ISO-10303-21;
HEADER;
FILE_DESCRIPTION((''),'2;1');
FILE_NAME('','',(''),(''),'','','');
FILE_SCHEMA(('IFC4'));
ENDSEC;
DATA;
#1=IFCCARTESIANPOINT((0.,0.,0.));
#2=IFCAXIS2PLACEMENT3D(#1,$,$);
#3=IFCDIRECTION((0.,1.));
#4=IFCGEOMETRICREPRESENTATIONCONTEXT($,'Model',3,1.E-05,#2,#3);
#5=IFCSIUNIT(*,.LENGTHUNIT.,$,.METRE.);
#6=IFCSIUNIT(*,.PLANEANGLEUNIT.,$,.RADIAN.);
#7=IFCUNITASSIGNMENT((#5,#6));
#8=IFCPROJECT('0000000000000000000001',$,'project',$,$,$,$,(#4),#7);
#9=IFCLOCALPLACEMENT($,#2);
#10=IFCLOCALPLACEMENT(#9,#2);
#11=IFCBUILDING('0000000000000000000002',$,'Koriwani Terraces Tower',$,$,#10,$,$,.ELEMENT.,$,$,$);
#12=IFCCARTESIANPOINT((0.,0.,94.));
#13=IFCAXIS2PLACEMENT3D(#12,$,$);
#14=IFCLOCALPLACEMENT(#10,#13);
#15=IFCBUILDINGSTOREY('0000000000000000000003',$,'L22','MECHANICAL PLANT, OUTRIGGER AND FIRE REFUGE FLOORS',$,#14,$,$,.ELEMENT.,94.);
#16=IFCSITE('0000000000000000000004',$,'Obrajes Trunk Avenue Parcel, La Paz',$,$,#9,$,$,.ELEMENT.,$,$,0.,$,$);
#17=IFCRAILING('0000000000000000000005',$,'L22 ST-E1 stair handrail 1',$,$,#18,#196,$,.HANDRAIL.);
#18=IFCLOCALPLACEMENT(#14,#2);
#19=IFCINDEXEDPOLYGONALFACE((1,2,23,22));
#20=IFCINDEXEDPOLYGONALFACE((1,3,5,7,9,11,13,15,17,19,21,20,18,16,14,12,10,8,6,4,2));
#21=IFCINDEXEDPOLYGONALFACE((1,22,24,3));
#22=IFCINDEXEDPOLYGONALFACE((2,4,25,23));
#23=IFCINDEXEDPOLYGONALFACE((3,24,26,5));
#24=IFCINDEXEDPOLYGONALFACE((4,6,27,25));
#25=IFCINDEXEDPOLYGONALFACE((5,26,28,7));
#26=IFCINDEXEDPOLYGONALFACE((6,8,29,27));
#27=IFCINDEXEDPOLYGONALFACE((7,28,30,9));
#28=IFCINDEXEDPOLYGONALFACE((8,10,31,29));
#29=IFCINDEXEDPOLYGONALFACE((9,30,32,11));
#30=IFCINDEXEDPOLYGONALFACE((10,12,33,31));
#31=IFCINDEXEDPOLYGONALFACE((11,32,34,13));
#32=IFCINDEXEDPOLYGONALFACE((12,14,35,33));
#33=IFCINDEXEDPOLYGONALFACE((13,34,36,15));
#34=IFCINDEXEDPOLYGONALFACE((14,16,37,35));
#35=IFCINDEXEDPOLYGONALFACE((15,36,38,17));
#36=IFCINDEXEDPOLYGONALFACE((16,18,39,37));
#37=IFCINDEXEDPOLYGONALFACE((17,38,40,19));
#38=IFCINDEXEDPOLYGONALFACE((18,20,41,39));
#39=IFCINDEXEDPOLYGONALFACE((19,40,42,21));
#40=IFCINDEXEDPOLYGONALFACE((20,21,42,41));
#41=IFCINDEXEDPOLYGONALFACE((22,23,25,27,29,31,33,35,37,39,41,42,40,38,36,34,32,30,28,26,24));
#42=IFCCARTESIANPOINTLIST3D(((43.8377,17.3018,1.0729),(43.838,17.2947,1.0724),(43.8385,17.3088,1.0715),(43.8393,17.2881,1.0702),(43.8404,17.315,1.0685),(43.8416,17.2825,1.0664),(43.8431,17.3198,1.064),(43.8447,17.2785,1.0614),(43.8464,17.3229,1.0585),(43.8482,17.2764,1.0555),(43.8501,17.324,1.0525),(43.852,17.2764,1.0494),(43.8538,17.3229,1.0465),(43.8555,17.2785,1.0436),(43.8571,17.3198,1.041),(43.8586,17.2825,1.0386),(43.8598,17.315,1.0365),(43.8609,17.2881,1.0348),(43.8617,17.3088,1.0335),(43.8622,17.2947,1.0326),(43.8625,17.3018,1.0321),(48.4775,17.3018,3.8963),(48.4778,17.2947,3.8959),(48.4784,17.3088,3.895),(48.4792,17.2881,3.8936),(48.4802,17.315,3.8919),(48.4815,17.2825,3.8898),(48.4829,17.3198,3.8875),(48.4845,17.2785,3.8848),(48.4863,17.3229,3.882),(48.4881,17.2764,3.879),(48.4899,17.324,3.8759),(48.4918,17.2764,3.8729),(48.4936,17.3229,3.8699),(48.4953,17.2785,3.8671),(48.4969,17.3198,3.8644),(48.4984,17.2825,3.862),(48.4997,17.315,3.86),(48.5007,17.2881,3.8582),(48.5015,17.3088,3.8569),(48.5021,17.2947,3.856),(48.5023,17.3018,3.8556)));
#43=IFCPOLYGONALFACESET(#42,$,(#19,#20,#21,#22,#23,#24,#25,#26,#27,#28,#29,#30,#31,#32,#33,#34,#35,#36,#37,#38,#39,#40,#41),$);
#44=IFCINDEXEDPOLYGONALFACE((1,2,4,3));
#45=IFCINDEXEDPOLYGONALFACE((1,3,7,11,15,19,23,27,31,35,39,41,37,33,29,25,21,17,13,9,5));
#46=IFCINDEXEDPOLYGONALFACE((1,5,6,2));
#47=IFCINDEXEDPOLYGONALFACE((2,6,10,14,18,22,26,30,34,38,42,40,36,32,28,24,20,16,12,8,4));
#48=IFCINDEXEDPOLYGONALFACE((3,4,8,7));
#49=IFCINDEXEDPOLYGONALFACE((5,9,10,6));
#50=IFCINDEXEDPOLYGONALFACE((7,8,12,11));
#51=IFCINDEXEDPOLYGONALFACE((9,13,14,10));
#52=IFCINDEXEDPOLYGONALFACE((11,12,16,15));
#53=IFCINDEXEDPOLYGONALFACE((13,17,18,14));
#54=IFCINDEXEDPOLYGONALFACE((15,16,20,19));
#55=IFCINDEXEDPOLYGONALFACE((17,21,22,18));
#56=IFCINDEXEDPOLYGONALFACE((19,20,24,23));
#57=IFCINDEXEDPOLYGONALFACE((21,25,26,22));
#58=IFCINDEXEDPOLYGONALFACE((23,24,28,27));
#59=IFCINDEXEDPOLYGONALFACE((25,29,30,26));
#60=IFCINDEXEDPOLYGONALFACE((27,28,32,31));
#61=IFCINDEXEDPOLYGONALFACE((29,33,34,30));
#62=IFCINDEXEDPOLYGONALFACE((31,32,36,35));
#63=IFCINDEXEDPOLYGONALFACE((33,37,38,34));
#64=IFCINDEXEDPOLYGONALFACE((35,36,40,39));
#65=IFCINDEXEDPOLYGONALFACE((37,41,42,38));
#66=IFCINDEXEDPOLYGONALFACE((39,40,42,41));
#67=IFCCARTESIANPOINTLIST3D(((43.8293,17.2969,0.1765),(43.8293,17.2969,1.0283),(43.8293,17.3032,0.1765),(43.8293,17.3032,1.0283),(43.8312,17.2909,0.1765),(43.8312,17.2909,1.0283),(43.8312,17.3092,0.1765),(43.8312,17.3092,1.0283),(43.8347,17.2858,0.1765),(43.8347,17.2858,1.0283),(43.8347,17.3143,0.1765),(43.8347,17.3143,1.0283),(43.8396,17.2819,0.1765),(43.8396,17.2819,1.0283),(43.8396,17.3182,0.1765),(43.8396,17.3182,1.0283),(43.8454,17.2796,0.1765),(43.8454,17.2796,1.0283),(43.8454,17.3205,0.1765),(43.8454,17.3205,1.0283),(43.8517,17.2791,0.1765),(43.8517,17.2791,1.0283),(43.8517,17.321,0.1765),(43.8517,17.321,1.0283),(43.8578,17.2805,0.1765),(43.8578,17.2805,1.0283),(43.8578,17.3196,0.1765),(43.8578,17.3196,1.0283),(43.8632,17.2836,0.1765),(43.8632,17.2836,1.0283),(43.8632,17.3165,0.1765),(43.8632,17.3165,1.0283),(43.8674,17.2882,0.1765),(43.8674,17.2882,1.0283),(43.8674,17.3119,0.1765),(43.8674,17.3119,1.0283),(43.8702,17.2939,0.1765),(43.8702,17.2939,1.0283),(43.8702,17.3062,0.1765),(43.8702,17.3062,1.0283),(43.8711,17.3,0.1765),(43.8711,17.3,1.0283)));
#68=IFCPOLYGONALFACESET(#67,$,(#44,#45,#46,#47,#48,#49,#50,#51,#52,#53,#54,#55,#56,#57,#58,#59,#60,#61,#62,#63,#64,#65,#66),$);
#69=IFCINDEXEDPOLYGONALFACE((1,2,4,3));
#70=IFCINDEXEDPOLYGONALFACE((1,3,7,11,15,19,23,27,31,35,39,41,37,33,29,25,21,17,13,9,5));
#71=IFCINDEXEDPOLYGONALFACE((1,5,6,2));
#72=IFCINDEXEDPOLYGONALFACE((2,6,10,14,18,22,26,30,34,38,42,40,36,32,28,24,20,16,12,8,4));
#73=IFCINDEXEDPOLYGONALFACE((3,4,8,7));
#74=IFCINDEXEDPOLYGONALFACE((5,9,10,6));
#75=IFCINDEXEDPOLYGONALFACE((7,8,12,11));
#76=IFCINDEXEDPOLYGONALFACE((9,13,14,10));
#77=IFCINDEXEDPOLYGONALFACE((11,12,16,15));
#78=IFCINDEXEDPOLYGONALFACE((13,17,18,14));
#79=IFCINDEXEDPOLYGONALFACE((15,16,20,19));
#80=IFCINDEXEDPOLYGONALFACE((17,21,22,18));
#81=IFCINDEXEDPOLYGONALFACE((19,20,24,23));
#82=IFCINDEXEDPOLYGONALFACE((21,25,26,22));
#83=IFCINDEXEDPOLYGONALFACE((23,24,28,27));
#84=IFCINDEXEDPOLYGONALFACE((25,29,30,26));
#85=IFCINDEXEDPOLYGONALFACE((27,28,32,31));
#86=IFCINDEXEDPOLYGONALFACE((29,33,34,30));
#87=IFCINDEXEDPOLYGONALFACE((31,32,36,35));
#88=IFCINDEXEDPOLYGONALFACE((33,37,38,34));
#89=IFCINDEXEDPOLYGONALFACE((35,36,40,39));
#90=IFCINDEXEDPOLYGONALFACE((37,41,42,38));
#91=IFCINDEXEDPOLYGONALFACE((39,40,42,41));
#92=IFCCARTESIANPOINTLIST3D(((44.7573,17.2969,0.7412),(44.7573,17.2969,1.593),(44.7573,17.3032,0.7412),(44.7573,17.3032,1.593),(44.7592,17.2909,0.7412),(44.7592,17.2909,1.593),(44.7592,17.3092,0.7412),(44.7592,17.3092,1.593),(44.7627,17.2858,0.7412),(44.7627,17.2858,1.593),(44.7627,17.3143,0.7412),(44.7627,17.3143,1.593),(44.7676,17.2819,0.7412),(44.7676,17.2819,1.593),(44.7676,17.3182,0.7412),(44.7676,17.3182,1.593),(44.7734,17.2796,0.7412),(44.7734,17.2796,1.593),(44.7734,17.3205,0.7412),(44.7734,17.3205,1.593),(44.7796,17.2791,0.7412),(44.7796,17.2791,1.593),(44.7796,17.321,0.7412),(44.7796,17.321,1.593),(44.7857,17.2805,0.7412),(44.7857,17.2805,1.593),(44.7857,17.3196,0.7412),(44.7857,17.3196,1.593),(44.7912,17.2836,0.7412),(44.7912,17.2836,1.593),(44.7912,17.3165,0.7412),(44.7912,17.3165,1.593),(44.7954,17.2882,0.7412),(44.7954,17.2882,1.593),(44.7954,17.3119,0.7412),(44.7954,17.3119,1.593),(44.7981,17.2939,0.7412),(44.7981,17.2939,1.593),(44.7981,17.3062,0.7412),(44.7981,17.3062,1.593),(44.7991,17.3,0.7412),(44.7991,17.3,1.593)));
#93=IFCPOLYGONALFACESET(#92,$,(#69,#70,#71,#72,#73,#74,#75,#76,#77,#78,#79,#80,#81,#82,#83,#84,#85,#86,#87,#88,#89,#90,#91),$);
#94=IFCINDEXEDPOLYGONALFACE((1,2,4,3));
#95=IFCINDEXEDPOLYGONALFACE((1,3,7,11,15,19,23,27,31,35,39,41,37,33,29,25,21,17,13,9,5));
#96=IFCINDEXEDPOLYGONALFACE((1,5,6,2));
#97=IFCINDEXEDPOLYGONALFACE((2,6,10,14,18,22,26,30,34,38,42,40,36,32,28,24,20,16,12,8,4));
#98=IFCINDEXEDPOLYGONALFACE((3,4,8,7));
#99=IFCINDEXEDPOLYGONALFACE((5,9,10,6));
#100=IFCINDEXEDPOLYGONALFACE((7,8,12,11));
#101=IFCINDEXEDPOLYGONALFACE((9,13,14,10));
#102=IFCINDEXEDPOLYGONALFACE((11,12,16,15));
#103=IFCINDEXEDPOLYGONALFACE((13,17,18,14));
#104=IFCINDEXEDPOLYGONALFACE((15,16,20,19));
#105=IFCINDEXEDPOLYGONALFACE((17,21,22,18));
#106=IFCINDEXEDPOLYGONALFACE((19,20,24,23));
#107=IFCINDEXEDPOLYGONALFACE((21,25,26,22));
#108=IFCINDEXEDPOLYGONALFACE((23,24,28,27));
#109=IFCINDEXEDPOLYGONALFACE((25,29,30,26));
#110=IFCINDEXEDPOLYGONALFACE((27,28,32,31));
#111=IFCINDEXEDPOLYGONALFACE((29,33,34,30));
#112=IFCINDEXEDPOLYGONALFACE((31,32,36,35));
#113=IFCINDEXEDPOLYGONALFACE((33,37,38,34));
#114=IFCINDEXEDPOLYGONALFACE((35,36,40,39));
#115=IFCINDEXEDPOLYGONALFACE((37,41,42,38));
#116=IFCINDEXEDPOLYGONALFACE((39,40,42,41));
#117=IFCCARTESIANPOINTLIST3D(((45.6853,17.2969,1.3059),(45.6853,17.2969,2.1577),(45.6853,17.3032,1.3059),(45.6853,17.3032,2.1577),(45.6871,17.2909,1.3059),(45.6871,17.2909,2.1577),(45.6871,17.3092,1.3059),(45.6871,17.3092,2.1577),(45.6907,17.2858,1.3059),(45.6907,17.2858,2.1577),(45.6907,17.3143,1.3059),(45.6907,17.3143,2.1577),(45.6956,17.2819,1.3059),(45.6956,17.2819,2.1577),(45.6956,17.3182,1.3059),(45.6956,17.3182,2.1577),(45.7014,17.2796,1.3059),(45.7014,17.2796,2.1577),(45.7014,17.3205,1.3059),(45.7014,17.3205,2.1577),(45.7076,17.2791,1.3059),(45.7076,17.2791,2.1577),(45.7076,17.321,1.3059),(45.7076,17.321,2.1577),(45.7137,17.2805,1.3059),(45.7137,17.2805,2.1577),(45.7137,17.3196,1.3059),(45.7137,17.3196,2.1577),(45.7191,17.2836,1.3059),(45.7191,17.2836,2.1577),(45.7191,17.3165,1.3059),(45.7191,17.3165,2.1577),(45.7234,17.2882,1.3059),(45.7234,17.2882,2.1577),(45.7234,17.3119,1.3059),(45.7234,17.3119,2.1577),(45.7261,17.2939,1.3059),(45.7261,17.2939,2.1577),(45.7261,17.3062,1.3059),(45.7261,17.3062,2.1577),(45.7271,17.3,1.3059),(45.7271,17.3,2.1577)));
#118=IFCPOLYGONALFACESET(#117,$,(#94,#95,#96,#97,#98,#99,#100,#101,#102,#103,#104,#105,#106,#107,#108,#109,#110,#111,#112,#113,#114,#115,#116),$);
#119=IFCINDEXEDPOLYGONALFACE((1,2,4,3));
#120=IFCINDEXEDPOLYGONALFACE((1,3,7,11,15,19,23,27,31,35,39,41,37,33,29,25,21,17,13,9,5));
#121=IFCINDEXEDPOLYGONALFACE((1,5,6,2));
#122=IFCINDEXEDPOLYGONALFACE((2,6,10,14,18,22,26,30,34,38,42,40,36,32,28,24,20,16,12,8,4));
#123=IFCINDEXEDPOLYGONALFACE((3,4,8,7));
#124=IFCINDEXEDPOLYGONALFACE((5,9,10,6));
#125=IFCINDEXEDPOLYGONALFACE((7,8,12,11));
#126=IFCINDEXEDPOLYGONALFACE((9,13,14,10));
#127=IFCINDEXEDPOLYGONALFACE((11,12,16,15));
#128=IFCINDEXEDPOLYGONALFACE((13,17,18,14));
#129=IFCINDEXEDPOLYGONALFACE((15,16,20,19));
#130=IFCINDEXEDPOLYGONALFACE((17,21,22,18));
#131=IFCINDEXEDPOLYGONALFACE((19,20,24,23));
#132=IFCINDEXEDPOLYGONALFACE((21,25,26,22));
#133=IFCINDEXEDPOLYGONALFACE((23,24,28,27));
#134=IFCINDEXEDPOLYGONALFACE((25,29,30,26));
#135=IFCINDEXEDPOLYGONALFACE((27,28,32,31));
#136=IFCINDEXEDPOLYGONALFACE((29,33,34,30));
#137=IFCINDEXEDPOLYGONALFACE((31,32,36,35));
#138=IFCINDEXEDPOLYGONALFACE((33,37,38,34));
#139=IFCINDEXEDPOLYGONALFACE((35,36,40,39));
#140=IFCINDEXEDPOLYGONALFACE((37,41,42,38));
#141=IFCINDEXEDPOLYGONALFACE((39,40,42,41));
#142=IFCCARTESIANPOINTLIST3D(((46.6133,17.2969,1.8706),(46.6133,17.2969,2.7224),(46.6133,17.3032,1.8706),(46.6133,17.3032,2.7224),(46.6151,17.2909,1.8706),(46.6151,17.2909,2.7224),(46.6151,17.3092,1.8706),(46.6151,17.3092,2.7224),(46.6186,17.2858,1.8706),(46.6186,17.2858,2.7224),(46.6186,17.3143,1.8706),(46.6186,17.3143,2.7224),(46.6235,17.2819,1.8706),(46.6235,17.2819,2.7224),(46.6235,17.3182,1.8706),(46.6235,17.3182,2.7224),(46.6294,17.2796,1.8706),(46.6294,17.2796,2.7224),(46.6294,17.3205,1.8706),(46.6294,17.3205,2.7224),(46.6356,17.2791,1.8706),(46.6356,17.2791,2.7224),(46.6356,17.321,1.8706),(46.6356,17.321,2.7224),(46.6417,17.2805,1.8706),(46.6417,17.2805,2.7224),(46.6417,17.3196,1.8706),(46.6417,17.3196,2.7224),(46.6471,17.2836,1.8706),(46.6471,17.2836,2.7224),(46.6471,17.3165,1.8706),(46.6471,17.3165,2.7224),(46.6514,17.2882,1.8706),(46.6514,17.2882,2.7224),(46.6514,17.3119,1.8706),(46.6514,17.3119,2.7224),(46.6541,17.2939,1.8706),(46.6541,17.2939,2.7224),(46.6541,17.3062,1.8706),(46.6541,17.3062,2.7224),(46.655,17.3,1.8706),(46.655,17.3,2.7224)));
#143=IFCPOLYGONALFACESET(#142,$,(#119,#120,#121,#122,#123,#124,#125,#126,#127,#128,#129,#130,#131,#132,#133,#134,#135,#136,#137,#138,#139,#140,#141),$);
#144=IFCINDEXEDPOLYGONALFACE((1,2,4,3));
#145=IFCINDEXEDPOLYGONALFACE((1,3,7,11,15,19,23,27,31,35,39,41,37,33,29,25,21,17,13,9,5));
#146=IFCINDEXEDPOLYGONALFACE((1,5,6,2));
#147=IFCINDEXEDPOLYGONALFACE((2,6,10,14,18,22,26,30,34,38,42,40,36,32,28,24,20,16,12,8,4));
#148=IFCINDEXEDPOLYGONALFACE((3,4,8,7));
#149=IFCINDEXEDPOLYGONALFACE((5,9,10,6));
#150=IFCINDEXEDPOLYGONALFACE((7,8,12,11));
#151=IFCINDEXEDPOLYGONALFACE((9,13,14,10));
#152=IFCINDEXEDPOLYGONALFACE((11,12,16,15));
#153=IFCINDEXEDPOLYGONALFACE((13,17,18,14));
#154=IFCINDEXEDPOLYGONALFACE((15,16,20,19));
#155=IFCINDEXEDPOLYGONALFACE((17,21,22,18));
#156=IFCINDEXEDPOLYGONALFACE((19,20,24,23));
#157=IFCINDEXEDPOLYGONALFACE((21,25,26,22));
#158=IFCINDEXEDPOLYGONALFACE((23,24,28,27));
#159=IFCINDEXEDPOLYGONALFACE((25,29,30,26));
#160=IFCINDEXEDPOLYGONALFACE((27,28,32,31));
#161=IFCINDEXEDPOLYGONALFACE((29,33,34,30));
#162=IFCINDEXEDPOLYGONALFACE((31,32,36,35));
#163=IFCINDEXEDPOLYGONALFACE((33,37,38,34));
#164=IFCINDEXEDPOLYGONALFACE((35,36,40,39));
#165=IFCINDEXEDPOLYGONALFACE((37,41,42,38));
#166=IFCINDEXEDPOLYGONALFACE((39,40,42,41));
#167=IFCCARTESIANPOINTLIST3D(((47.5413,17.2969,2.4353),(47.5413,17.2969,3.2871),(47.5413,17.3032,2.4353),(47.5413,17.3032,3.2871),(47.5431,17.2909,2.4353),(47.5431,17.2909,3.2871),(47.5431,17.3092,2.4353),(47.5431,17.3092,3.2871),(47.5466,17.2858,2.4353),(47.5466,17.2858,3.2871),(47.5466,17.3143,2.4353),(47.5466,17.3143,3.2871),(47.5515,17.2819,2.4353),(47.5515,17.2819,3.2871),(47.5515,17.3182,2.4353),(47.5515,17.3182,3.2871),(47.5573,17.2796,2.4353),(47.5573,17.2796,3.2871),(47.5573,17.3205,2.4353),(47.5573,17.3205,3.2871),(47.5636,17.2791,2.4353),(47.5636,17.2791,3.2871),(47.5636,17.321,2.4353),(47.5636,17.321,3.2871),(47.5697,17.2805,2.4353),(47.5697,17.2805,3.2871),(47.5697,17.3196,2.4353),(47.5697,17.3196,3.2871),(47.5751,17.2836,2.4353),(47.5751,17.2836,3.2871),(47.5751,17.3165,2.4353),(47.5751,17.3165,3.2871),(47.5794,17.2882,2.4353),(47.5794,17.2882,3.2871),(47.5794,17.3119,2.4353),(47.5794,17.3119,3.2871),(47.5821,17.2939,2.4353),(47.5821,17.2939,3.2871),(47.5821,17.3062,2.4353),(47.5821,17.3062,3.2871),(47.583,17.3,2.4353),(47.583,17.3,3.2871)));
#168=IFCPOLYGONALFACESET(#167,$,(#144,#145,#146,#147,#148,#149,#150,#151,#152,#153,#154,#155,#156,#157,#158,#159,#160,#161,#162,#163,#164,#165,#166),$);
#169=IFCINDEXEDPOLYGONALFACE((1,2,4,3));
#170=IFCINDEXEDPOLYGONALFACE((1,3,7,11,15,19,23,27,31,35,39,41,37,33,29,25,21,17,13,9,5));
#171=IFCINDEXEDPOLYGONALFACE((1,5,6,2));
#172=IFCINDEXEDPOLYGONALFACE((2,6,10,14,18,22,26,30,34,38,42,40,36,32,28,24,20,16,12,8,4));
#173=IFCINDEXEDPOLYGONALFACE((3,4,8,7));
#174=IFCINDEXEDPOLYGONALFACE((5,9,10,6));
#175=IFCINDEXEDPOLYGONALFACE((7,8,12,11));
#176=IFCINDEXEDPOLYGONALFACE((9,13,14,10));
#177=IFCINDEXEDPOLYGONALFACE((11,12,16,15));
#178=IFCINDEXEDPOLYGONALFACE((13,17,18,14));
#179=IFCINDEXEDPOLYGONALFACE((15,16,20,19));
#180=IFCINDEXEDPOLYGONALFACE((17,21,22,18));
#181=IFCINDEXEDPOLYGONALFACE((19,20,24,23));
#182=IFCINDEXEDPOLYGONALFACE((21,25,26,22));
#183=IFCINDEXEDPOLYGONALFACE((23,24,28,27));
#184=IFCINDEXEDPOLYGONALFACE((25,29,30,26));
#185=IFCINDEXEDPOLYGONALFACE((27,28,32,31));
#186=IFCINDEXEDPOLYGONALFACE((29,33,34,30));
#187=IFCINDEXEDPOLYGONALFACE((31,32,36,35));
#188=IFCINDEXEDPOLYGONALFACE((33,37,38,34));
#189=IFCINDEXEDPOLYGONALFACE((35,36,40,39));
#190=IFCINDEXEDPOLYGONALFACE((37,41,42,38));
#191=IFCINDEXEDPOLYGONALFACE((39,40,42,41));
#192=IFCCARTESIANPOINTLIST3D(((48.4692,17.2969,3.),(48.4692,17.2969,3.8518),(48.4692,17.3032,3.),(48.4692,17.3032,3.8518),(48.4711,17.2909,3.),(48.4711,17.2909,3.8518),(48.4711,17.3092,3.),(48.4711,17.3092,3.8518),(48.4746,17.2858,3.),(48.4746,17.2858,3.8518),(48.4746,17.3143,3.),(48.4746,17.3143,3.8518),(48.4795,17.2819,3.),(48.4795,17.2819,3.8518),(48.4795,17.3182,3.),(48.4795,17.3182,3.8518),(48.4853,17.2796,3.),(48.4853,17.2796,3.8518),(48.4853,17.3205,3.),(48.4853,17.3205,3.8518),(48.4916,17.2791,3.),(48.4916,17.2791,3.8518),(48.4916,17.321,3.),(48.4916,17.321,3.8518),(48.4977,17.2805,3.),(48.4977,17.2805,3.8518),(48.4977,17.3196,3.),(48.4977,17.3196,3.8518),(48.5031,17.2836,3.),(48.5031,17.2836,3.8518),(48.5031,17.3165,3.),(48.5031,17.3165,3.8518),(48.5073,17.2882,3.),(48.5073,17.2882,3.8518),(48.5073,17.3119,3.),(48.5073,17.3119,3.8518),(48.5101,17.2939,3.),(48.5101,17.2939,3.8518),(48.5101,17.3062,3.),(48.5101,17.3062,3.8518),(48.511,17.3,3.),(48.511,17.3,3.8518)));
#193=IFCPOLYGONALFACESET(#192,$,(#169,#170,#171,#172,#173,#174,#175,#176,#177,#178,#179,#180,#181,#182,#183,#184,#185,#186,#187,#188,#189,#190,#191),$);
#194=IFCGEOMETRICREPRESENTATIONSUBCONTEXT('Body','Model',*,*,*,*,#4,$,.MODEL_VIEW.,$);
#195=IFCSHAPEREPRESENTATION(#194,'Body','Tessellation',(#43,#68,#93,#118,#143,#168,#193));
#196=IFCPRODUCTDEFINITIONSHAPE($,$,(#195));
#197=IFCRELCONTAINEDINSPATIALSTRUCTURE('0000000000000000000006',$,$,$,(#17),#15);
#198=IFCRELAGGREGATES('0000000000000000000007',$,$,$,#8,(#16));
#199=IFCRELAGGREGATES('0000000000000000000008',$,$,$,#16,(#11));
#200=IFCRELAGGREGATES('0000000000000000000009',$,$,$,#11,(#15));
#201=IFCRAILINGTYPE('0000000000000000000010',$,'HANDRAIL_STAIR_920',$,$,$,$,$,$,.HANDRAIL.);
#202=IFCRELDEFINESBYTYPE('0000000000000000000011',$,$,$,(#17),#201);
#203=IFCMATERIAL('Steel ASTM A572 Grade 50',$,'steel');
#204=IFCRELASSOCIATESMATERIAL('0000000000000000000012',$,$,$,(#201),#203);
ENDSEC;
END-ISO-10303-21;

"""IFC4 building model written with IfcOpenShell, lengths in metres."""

from ifc_helpers import new_model, si_unit, direction, frame, origin, origin_2d, place, context, subcontext, project, spatial, circle, extrude, material, type_object, element, save


model = new_model("IFC4")

# Units and contexts
model_context = context("Model", 3, precision=1e-05, world=origin(), true_north=direction((0.0, 1.0)))
body_context = subcontext(model_context, "Body", "Model", "MODEL_VIEW")
ifc_project = project(units=[si_unit("LENGTHUNIT", "METRE"), si_unit("PLANEANGLEUNIT", "RADIAN")], contexts=[model_context])

# Site, building, storey
site_placement = place(None, origin())
site = spatial("IfcSite", under=ifc_project, at=site_placement, Name="Obrajes Trunk Avenue Parcel, La Paz", CompositionType="ELEMENT", RefElevation=0.0)
building_placement = place(site_placement, origin())
building = spatial("IfcBuilding", under=site, at=building_placement, Name="Koriwani Terraces Tower", CompositionType="ELEMENT")
storey_placement = place(building_placement, frame((0.0, 0.0, 94.0)))
storey = spatial("IfcBuildingStorey", under=building, at=storey_placement, Name="L22", Description="MECHANICAL PLANT, OUTRIGGER AND FIRE REFUGE FLOORS", CompositionType="ELEMENT", Elevation=94.0)

# Shared definitions
ifc_material_1 = material(Name="Steel ASTM A572 Grade 50", Category="steel")

# Railing
railing_type = type_object("IfcRailingType", Name="HANDRAIL_STAIR_920", PredefinedType="HANDRAIL", material=ifc_material_1)
for number, where, name in (
    (1, (43.8501, 17.3, 0.1765), "L22 ST-E1 stair handrail 1"),
):
    element("IfcRailing", number, at=place(storey_placement, frame(where)), inside=storey, type_object=railing_type, Name=name, PredefinedType="HANDRAIL", context=body_context, shape_type="SweptSolid", body=[
        extrude(circle(Radius=0.0239, at=origin_2d()), frame((0.0, 0.0, 0.876), z_axis=(0.854264, 0.0, 0.51984), x_axis=(0.0, 1.0, 0.0)), (0.0, 0.0, 1.0), 5.4314),
        extrude(circle(Radius=0.021, at=origin_2d()), origin(), (0.0, 0.0, 1.0), 0.8518),
        extrude(circle(Radius=0.021, at=origin_2d()), frame((0.928, 0.0, 0.5647)), (0.0, 0.0, 1.0), 0.8518),
        extrude(circle(Radius=0.021, at=origin_2d()), frame((1.856, 0.0, 1.1294)), (0.0, 0.0, 1.0), 0.8518),
        extrude(circle(Radius=0.021, at=origin_2d()), frame((2.7839, 0.0, 1.6941)), (0.0, 0.0, 1.0), 0.8518),
        extrude(circle(Radius=0.021, at=origin_2d()), frame((3.7119, 0.0, 2.2588)), (0.0, 0.0, 1.0), 0.8518),
        extrude(circle(Radius=0.021, at=origin_2d()), frame((4.6399, 0.0, 2.8235)), (0.0, 0.0, 1.0), 0.8518),
    ])

save(model, "model.ifc")
